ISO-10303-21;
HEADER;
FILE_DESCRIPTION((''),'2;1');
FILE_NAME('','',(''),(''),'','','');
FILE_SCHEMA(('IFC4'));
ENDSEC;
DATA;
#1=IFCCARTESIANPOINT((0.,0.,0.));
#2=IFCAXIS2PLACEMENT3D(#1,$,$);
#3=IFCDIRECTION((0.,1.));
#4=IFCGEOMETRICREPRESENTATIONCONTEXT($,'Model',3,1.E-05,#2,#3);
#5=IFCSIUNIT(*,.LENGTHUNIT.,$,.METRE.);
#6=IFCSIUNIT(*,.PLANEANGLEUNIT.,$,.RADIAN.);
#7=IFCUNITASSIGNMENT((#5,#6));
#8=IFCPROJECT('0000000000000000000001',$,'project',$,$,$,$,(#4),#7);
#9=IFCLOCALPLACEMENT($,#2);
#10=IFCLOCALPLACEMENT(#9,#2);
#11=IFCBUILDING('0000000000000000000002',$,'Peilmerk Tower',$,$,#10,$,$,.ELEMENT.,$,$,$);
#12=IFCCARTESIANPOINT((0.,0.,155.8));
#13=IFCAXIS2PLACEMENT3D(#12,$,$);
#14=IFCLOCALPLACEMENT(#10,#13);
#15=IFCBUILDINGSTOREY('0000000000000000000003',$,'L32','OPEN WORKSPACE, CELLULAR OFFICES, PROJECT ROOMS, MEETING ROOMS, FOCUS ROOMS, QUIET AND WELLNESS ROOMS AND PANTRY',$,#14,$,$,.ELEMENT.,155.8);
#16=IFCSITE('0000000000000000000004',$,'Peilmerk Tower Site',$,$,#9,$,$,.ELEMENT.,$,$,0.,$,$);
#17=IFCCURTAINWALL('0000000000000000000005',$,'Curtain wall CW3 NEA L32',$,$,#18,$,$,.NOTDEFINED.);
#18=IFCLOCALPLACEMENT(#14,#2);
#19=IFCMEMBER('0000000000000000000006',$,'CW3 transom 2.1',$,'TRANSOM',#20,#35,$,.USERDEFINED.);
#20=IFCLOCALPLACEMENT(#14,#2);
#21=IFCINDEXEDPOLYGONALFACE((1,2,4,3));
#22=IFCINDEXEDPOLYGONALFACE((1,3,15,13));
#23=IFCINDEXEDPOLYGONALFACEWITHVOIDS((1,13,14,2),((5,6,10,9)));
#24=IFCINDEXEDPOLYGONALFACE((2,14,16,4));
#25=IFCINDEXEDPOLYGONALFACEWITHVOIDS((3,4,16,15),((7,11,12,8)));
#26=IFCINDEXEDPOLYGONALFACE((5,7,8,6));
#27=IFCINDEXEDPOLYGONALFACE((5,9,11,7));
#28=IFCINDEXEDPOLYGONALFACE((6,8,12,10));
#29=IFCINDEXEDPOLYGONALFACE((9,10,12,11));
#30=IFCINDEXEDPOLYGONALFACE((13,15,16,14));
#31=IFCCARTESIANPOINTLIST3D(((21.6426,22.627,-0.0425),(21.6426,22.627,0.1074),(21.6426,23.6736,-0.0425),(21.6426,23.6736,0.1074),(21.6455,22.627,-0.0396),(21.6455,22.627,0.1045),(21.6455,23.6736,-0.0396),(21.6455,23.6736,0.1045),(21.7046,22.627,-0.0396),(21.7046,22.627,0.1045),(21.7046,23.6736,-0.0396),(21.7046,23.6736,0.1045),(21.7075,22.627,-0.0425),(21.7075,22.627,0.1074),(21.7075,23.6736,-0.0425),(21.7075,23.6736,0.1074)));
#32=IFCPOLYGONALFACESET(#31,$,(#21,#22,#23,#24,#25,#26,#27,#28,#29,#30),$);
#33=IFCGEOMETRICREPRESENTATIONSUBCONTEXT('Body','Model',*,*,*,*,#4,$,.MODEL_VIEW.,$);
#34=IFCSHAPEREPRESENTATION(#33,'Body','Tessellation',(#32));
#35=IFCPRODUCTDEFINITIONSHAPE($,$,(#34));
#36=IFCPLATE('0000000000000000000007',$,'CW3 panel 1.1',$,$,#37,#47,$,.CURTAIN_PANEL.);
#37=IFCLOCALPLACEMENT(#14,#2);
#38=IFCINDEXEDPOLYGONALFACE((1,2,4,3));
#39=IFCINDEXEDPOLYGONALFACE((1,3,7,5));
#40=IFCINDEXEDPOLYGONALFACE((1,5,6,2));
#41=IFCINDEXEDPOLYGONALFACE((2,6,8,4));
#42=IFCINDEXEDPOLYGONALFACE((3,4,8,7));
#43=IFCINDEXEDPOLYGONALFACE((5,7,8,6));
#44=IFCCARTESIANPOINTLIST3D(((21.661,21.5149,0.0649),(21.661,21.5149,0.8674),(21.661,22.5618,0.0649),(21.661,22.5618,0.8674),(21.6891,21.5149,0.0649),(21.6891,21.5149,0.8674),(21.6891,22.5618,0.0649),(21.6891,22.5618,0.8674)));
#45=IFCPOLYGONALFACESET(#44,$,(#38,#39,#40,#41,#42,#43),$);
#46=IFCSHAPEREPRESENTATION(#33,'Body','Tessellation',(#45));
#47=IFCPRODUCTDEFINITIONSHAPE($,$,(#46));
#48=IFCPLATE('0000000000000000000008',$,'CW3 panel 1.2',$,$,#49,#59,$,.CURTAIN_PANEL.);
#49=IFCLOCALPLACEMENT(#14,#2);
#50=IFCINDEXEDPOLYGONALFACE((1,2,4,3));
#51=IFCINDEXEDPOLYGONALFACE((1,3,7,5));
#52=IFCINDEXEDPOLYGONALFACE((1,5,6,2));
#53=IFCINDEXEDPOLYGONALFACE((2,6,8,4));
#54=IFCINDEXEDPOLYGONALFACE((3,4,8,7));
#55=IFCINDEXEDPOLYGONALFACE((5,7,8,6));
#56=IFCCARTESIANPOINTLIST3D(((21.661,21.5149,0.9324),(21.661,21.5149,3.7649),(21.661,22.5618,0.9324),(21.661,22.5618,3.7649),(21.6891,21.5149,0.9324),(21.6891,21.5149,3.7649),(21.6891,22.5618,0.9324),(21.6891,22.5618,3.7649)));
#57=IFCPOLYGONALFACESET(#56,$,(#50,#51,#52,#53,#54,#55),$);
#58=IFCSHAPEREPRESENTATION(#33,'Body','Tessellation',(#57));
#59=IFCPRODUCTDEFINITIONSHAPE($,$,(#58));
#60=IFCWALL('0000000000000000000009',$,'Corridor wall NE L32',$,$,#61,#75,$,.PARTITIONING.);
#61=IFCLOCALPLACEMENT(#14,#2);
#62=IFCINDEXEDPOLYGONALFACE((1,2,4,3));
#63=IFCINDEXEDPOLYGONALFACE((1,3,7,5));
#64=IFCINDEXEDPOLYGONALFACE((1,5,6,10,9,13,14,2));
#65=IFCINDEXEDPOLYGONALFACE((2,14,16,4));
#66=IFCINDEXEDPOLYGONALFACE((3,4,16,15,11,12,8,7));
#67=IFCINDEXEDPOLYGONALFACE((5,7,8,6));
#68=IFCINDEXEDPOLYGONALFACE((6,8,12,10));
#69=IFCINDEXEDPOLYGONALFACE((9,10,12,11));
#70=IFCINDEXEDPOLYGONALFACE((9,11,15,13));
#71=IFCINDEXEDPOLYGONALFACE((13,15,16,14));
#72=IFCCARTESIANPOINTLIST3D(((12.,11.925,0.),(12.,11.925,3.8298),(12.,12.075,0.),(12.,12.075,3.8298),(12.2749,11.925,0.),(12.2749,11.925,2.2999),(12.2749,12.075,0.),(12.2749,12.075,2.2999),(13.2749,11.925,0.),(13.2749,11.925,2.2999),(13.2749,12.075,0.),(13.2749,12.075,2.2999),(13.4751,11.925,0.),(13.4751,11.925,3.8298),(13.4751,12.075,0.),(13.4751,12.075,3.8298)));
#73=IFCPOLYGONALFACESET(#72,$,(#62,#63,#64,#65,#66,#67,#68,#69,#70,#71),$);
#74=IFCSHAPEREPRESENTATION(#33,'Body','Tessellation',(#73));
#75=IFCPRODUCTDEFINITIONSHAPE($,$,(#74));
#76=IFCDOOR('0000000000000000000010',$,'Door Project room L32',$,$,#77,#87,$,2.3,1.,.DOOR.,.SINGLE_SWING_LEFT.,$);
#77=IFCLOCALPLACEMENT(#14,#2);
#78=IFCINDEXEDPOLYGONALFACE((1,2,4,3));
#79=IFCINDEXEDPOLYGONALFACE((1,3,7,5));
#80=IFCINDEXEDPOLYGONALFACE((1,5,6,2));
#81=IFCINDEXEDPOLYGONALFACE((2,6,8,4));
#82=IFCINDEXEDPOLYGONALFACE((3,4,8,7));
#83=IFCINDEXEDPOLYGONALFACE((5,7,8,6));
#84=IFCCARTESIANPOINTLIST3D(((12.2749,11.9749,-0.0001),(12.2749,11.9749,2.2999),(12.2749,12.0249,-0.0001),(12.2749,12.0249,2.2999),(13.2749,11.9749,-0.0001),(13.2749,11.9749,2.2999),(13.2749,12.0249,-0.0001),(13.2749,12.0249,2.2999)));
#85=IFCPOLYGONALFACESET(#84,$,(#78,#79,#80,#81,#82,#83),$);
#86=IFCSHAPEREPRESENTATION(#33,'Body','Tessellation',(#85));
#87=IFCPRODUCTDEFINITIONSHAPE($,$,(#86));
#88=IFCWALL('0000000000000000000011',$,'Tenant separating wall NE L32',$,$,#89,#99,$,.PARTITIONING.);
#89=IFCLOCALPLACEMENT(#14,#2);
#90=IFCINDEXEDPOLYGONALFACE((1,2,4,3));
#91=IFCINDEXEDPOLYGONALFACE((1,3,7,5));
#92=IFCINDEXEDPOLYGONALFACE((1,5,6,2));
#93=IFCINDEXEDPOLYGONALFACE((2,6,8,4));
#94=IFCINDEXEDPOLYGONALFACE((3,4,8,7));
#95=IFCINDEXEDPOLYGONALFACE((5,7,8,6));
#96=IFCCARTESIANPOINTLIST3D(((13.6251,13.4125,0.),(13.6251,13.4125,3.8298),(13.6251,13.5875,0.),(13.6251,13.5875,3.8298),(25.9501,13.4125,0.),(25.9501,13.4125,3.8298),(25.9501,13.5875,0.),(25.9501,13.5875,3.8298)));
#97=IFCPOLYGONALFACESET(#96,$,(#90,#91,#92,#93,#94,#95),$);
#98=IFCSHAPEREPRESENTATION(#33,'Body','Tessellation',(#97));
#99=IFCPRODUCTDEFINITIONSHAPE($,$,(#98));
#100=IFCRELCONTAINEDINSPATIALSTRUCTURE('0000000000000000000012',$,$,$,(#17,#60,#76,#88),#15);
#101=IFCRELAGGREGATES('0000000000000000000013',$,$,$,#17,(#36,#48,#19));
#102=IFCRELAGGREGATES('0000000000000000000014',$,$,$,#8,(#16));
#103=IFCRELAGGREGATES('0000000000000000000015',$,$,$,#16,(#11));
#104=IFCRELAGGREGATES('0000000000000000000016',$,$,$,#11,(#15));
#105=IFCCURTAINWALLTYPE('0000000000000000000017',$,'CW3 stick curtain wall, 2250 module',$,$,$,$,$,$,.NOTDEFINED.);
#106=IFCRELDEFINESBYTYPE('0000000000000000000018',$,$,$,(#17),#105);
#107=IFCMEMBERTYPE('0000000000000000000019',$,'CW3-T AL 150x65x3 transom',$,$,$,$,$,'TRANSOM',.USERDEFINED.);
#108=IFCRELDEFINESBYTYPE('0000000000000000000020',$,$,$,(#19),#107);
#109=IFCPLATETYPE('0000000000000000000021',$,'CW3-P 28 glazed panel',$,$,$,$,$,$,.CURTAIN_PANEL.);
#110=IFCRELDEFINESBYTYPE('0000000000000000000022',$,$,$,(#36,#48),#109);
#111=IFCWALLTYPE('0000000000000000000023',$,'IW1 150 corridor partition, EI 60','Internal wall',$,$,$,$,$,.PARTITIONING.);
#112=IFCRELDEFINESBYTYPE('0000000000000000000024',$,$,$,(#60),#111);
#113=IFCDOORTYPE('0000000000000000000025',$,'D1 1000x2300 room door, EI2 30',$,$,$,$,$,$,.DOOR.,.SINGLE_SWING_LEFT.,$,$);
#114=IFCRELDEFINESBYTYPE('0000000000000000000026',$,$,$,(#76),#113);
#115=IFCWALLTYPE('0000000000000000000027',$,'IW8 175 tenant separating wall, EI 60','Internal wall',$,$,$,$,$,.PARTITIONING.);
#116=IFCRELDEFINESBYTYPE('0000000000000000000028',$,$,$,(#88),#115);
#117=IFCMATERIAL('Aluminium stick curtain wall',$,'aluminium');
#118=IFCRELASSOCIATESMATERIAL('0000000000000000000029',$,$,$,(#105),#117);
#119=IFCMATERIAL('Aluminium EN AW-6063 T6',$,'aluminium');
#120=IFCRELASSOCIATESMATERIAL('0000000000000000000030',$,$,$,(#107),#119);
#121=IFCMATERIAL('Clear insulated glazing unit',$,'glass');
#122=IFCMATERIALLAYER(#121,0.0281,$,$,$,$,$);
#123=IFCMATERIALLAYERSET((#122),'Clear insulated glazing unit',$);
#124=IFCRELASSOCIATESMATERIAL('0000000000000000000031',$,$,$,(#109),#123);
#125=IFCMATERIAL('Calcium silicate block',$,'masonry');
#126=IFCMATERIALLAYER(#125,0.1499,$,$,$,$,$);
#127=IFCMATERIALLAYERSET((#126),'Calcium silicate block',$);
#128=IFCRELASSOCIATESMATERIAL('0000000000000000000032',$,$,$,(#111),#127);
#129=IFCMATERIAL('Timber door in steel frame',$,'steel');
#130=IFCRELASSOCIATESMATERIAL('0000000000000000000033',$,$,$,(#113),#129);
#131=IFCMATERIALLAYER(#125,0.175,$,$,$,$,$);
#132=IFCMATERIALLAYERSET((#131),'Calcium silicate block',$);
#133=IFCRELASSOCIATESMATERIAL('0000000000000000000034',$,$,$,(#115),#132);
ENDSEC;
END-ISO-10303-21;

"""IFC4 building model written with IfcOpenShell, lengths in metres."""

from ifc_helpers import new_model, si_unit, direction, frame, frame_2d, origin, origin_2d, place, context, subcontext, project, spatial, rectangle, hollow_rectangle, extrude, material, layer, layer_set, material_profile, profile_set, type_object, element, fill, aggregate, save


model = new_model("IFC4")

# Units and contexts
model_context = context("Model", 3, precision=1e-05, world=origin(), true_north=direction((0.0, 1.0)))
body_context = subcontext(model_context, "Body", "Model", "MODEL_VIEW")
ifc_project = project(units=[si_unit("LENGTHUNIT", "METRE"), si_unit("PLANEANGLEUNIT", "RADIAN")], contexts=[model_context])

# Site, building, storey
site_placement = place(None, origin())
site = spatial("IfcSite", under=ifc_project, at=site_placement, Name="Peilmerk Tower Site", CompositionType="ELEMENT", RefElevation=0.0)
building_placement = place(site_placement, origin())
building = spatial("IfcBuilding", under=site, at=building_placement, Name="Peilmerk Tower", CompositionType="ELEMENT")
storey_placement = place(building_placement, frame((0.0, 0.0, 155.8)))
storey = spatial("IfcBuildingStorey", under=building, at=storey_placement, Name="L32", Description="OPEN WORKSPACE, CELLULAR OFFICES, PROJECT ROOMS, MEETING ROOMS, FOCUS ROOMS, QUIET AND WELLNESS ROOMS AND PANTRY", CompositionType="ELEMENT", Elevation=155.8)

# Curtain wall, member, plates
ifc_material_1 = material(Name="Aluminium stick curtain wall", Category="aluminium")
curtain_wall_type = type_object("IfcCurtainWallType", Name="CW3 stick curtain wall, 2250 module", PredefinedType="NOTDEFINED", material=ifc_material_1)
curtain_wall_placement = place(storey_placement, origin())
curtain_wall = element("IfcCurtainWall", 1, at=curtain_wall_placement, inside=storey, type_object=curtain_wall_type, Name="Curtain wall CW3 NEA L32", PredefinedType="NOTDEFINED")
ifc_material_2 = material(Name="Aluminium EN AW-6063 T6", Category="aluminium")
ifc_material_profile_1 = material_profile(ifc_material_2, hollow_rectangle(XDim=0.0649, YDim=0.1499, WallThickness=0.0029, at=origin_2d()), Name="AL 150x65x3")
ifc_profile_set_1 = profile_set([ifc_material_profile_1], Name="Aluminium EN AW-6063 T6")
member_type_1 = type_object("IfcMemberType", Name="CW3-T AL 150x65x3 transom", ElementType="TRANSOM", PredefinedType="USERDEFINED", material=ifc_profile_set_1)
member_1_placement = place(storey_placement, frame((21.675, 22.627, 0.0325), z_axis=(0.0, 1.0, 0.0), x_axis=(-1.0, 0.0, 0.0)))
member_1 = element("IfcMember", 2, at=member_1_placement, type_object=member_type_1, Name="CW3 transom 2.1", ObjectType="TRANSOM", PredefinedType="USERDEFINED", context=body_context, shape_type="SweptSolid", body=[
    extrude(hollow_rectangle(XDim=0.0649, YDim=0.1499, WallThickness=0.0029, at=origin_2d()), origin(), (0.0, 0.0, 1.0), 1.0466),
])
ifc_material_3 = material(Name="Clear insulated glazing unit", Category="glass")
ifc_layer_1 = layer(ifc_material_3, 0.0281)
ifc_layer_set_1 = layer_set([ifc_layer_1], Name="Clear insulated glazing unit")
plate_type = type_object("IfcPlateType", Name="CW3-P 28 glazed panel", PredefinedType="CURTAIN_PANEL", material=ifc_layer_set_1)
plate_1_placement = place(storey_placement, frame((21.675, 22.0383, 0.0649), z_axis=(0.0, 0.0, 1.0), x_axis=(0.0, 1.0, 0.0)))
plate_1 = element("IfcPlate", 3, at=plate_1_placement, type_object=plate_type, Name="CW3 panel 1.1", PredefinedType="CURTAIN_PANEL", context=body_context, shape_type="SweptSolid", body=[
    extrude(rectangle(XDim=1.0469, YDim=0.0281, at=origin_2d()), origin(), (0.0, 0.0, 1.0), 0.8025),
])
plate_2_placement = place(storey_placement, frame((21.675, 22.0383, 0.9324), z_axis=(0.0, 0.0, 1.0), x_axis=(0.0, 1.0, 0.0)))
plate_2 = element("IfcPlate", 4, at=plate_2_placement, type_object=plate_type, Name="CW3 panel 1.2", PredefinedType="CURTAIN_PANEL", context=body_context, shape_type="SweptSolid", body=[
    extrude(rectangle(XDim=1.0469, YDim=0.0281, at=origin_2d()), origin(), (0.0, 0.0, 1.0), 2.8325),
])
aggregate(curtain_wall, [plate_1, plate_2, member_1])

# Wall, opening, door
ifc_material_4 = material(Name="Calcium silicate block", Category="masonry")
ifc_layer_2 = layer(ifc_material_4, 0.1499)
ifc_layer_set_2 = layer_set([ifc_layer_2], Name="Calcium silicate block")
wall_type_1 = type_object("IfcWallType", Name="IW1 150 corridor partition, EI 60", Description="Internal wall", PredefinedType="PARTITIONING", material=ifc_layer_set_2)
wall_1_placement = place(storey_placement, frame((12.0, 12.0, 0.0), z_axis=(0.0, 0.0, 1.0), x_axis=(1.0, 0.0, 0.0)))
wall_1 = element("IfcWall", 5, at=wall_1_placement, inside=storey, type_object=wall_type_1, Name="Corridor wall NE L32", PredefinedType="PARTITIONING", context=body_context, shape_type="SweptSolid", body=[
    extrude(rectangle(XDim=1.4751, YDim=0.1499, at=frame_2d((0.7375, 0.0))), origin(), (0.0, 0.0, 1.0), 3.8298),
])
opening_placement = place(wall_1_placement, frame((0.2749, 0.0, 0.0)))
opening = element("IfcOpeningElement", 6, at=opening_placement, cuts=wall_1, PredefinedType="OPENING", context=body_context, shape_type="SweptSolid", body=[
    extrude(rectangle(XDim=1.0, YDim=2.3, at=frame_2d((0.5, 1.1499))), frame((0.0, 0.085, 0.0), z_axis=(0.0, -1.0, 0.0), x_axis=(1.0, 0.0, 0.0)), (0.0, 0.0, 1.0), 0.1699),
])
ifc_material_5 = material(Name="Timber door in steel frame", Category="steel")
door_type = type_object("IfcDoorType", Name="D1 1000x2300 room door, EI2 30", OperationType="SINGLE_SWING_LEFT", PredefinedType="DOOR", material=ifc_material_5)
door_placement = place(opening_placement, origin())
door = element("IfcDoor", 7, at=door_placement, inside=storey, type_object=door_type, Name="Door Project room L32", OperationType="SINGLE_SWING_LEFT", OverallHeight=2.3, OverallWidth=1.0, PredefinedType="DOOR", context=body_context, shape_type="SweptSolid", body=[
    extrude(rectangle(XDim=1.0, YDim=2.3, at=frame_2d((0.5, 1.1499))), frame((0.0, 0.0249, 0.0), z_axis=(0.0, -1.0, 0.0), x_axis=(1.0, 0.0, 0.0)), (0.0, 0.0, 1.0), 0.05),
])
fill(opening, door)

# Wall
ifc_layer_3 = layer(ifc_material_4, 0.175)
ifc_layer_set_3 = layer_set([ifc_layer_3], Name="Calcium silicate block")
wall_type_2 = type_object("IfcWallType", Name="IW8 175 tenant separating wall, EI 60", Description="Internal wall", PredefinedType="PARTITIONING", material=ifc_layer_set_3)
wall_2_placement = place(storey_placement, frame((13.625, 13.5, 0.0), z_axis=(0.0, 0.0, 1.0), x_axis=(1.0, 0.0, 0.0)))
element("IfcWall", 8, at=wall_2_placement, inside=storey, type_object=wall_type_2, Name="Tenant separating wall NE L32", PredefinedType="PARTITIONING", context=body_context, shape_type="SweptSolid", body=[
    extrude(rectangle(XDim=12.325, YDim=0.175, at=frame_2d((6.1626, 0.0))), origin(), (0.0, 0.0, 1.0), 3.8298),
])

save(model, "model.ifc")
